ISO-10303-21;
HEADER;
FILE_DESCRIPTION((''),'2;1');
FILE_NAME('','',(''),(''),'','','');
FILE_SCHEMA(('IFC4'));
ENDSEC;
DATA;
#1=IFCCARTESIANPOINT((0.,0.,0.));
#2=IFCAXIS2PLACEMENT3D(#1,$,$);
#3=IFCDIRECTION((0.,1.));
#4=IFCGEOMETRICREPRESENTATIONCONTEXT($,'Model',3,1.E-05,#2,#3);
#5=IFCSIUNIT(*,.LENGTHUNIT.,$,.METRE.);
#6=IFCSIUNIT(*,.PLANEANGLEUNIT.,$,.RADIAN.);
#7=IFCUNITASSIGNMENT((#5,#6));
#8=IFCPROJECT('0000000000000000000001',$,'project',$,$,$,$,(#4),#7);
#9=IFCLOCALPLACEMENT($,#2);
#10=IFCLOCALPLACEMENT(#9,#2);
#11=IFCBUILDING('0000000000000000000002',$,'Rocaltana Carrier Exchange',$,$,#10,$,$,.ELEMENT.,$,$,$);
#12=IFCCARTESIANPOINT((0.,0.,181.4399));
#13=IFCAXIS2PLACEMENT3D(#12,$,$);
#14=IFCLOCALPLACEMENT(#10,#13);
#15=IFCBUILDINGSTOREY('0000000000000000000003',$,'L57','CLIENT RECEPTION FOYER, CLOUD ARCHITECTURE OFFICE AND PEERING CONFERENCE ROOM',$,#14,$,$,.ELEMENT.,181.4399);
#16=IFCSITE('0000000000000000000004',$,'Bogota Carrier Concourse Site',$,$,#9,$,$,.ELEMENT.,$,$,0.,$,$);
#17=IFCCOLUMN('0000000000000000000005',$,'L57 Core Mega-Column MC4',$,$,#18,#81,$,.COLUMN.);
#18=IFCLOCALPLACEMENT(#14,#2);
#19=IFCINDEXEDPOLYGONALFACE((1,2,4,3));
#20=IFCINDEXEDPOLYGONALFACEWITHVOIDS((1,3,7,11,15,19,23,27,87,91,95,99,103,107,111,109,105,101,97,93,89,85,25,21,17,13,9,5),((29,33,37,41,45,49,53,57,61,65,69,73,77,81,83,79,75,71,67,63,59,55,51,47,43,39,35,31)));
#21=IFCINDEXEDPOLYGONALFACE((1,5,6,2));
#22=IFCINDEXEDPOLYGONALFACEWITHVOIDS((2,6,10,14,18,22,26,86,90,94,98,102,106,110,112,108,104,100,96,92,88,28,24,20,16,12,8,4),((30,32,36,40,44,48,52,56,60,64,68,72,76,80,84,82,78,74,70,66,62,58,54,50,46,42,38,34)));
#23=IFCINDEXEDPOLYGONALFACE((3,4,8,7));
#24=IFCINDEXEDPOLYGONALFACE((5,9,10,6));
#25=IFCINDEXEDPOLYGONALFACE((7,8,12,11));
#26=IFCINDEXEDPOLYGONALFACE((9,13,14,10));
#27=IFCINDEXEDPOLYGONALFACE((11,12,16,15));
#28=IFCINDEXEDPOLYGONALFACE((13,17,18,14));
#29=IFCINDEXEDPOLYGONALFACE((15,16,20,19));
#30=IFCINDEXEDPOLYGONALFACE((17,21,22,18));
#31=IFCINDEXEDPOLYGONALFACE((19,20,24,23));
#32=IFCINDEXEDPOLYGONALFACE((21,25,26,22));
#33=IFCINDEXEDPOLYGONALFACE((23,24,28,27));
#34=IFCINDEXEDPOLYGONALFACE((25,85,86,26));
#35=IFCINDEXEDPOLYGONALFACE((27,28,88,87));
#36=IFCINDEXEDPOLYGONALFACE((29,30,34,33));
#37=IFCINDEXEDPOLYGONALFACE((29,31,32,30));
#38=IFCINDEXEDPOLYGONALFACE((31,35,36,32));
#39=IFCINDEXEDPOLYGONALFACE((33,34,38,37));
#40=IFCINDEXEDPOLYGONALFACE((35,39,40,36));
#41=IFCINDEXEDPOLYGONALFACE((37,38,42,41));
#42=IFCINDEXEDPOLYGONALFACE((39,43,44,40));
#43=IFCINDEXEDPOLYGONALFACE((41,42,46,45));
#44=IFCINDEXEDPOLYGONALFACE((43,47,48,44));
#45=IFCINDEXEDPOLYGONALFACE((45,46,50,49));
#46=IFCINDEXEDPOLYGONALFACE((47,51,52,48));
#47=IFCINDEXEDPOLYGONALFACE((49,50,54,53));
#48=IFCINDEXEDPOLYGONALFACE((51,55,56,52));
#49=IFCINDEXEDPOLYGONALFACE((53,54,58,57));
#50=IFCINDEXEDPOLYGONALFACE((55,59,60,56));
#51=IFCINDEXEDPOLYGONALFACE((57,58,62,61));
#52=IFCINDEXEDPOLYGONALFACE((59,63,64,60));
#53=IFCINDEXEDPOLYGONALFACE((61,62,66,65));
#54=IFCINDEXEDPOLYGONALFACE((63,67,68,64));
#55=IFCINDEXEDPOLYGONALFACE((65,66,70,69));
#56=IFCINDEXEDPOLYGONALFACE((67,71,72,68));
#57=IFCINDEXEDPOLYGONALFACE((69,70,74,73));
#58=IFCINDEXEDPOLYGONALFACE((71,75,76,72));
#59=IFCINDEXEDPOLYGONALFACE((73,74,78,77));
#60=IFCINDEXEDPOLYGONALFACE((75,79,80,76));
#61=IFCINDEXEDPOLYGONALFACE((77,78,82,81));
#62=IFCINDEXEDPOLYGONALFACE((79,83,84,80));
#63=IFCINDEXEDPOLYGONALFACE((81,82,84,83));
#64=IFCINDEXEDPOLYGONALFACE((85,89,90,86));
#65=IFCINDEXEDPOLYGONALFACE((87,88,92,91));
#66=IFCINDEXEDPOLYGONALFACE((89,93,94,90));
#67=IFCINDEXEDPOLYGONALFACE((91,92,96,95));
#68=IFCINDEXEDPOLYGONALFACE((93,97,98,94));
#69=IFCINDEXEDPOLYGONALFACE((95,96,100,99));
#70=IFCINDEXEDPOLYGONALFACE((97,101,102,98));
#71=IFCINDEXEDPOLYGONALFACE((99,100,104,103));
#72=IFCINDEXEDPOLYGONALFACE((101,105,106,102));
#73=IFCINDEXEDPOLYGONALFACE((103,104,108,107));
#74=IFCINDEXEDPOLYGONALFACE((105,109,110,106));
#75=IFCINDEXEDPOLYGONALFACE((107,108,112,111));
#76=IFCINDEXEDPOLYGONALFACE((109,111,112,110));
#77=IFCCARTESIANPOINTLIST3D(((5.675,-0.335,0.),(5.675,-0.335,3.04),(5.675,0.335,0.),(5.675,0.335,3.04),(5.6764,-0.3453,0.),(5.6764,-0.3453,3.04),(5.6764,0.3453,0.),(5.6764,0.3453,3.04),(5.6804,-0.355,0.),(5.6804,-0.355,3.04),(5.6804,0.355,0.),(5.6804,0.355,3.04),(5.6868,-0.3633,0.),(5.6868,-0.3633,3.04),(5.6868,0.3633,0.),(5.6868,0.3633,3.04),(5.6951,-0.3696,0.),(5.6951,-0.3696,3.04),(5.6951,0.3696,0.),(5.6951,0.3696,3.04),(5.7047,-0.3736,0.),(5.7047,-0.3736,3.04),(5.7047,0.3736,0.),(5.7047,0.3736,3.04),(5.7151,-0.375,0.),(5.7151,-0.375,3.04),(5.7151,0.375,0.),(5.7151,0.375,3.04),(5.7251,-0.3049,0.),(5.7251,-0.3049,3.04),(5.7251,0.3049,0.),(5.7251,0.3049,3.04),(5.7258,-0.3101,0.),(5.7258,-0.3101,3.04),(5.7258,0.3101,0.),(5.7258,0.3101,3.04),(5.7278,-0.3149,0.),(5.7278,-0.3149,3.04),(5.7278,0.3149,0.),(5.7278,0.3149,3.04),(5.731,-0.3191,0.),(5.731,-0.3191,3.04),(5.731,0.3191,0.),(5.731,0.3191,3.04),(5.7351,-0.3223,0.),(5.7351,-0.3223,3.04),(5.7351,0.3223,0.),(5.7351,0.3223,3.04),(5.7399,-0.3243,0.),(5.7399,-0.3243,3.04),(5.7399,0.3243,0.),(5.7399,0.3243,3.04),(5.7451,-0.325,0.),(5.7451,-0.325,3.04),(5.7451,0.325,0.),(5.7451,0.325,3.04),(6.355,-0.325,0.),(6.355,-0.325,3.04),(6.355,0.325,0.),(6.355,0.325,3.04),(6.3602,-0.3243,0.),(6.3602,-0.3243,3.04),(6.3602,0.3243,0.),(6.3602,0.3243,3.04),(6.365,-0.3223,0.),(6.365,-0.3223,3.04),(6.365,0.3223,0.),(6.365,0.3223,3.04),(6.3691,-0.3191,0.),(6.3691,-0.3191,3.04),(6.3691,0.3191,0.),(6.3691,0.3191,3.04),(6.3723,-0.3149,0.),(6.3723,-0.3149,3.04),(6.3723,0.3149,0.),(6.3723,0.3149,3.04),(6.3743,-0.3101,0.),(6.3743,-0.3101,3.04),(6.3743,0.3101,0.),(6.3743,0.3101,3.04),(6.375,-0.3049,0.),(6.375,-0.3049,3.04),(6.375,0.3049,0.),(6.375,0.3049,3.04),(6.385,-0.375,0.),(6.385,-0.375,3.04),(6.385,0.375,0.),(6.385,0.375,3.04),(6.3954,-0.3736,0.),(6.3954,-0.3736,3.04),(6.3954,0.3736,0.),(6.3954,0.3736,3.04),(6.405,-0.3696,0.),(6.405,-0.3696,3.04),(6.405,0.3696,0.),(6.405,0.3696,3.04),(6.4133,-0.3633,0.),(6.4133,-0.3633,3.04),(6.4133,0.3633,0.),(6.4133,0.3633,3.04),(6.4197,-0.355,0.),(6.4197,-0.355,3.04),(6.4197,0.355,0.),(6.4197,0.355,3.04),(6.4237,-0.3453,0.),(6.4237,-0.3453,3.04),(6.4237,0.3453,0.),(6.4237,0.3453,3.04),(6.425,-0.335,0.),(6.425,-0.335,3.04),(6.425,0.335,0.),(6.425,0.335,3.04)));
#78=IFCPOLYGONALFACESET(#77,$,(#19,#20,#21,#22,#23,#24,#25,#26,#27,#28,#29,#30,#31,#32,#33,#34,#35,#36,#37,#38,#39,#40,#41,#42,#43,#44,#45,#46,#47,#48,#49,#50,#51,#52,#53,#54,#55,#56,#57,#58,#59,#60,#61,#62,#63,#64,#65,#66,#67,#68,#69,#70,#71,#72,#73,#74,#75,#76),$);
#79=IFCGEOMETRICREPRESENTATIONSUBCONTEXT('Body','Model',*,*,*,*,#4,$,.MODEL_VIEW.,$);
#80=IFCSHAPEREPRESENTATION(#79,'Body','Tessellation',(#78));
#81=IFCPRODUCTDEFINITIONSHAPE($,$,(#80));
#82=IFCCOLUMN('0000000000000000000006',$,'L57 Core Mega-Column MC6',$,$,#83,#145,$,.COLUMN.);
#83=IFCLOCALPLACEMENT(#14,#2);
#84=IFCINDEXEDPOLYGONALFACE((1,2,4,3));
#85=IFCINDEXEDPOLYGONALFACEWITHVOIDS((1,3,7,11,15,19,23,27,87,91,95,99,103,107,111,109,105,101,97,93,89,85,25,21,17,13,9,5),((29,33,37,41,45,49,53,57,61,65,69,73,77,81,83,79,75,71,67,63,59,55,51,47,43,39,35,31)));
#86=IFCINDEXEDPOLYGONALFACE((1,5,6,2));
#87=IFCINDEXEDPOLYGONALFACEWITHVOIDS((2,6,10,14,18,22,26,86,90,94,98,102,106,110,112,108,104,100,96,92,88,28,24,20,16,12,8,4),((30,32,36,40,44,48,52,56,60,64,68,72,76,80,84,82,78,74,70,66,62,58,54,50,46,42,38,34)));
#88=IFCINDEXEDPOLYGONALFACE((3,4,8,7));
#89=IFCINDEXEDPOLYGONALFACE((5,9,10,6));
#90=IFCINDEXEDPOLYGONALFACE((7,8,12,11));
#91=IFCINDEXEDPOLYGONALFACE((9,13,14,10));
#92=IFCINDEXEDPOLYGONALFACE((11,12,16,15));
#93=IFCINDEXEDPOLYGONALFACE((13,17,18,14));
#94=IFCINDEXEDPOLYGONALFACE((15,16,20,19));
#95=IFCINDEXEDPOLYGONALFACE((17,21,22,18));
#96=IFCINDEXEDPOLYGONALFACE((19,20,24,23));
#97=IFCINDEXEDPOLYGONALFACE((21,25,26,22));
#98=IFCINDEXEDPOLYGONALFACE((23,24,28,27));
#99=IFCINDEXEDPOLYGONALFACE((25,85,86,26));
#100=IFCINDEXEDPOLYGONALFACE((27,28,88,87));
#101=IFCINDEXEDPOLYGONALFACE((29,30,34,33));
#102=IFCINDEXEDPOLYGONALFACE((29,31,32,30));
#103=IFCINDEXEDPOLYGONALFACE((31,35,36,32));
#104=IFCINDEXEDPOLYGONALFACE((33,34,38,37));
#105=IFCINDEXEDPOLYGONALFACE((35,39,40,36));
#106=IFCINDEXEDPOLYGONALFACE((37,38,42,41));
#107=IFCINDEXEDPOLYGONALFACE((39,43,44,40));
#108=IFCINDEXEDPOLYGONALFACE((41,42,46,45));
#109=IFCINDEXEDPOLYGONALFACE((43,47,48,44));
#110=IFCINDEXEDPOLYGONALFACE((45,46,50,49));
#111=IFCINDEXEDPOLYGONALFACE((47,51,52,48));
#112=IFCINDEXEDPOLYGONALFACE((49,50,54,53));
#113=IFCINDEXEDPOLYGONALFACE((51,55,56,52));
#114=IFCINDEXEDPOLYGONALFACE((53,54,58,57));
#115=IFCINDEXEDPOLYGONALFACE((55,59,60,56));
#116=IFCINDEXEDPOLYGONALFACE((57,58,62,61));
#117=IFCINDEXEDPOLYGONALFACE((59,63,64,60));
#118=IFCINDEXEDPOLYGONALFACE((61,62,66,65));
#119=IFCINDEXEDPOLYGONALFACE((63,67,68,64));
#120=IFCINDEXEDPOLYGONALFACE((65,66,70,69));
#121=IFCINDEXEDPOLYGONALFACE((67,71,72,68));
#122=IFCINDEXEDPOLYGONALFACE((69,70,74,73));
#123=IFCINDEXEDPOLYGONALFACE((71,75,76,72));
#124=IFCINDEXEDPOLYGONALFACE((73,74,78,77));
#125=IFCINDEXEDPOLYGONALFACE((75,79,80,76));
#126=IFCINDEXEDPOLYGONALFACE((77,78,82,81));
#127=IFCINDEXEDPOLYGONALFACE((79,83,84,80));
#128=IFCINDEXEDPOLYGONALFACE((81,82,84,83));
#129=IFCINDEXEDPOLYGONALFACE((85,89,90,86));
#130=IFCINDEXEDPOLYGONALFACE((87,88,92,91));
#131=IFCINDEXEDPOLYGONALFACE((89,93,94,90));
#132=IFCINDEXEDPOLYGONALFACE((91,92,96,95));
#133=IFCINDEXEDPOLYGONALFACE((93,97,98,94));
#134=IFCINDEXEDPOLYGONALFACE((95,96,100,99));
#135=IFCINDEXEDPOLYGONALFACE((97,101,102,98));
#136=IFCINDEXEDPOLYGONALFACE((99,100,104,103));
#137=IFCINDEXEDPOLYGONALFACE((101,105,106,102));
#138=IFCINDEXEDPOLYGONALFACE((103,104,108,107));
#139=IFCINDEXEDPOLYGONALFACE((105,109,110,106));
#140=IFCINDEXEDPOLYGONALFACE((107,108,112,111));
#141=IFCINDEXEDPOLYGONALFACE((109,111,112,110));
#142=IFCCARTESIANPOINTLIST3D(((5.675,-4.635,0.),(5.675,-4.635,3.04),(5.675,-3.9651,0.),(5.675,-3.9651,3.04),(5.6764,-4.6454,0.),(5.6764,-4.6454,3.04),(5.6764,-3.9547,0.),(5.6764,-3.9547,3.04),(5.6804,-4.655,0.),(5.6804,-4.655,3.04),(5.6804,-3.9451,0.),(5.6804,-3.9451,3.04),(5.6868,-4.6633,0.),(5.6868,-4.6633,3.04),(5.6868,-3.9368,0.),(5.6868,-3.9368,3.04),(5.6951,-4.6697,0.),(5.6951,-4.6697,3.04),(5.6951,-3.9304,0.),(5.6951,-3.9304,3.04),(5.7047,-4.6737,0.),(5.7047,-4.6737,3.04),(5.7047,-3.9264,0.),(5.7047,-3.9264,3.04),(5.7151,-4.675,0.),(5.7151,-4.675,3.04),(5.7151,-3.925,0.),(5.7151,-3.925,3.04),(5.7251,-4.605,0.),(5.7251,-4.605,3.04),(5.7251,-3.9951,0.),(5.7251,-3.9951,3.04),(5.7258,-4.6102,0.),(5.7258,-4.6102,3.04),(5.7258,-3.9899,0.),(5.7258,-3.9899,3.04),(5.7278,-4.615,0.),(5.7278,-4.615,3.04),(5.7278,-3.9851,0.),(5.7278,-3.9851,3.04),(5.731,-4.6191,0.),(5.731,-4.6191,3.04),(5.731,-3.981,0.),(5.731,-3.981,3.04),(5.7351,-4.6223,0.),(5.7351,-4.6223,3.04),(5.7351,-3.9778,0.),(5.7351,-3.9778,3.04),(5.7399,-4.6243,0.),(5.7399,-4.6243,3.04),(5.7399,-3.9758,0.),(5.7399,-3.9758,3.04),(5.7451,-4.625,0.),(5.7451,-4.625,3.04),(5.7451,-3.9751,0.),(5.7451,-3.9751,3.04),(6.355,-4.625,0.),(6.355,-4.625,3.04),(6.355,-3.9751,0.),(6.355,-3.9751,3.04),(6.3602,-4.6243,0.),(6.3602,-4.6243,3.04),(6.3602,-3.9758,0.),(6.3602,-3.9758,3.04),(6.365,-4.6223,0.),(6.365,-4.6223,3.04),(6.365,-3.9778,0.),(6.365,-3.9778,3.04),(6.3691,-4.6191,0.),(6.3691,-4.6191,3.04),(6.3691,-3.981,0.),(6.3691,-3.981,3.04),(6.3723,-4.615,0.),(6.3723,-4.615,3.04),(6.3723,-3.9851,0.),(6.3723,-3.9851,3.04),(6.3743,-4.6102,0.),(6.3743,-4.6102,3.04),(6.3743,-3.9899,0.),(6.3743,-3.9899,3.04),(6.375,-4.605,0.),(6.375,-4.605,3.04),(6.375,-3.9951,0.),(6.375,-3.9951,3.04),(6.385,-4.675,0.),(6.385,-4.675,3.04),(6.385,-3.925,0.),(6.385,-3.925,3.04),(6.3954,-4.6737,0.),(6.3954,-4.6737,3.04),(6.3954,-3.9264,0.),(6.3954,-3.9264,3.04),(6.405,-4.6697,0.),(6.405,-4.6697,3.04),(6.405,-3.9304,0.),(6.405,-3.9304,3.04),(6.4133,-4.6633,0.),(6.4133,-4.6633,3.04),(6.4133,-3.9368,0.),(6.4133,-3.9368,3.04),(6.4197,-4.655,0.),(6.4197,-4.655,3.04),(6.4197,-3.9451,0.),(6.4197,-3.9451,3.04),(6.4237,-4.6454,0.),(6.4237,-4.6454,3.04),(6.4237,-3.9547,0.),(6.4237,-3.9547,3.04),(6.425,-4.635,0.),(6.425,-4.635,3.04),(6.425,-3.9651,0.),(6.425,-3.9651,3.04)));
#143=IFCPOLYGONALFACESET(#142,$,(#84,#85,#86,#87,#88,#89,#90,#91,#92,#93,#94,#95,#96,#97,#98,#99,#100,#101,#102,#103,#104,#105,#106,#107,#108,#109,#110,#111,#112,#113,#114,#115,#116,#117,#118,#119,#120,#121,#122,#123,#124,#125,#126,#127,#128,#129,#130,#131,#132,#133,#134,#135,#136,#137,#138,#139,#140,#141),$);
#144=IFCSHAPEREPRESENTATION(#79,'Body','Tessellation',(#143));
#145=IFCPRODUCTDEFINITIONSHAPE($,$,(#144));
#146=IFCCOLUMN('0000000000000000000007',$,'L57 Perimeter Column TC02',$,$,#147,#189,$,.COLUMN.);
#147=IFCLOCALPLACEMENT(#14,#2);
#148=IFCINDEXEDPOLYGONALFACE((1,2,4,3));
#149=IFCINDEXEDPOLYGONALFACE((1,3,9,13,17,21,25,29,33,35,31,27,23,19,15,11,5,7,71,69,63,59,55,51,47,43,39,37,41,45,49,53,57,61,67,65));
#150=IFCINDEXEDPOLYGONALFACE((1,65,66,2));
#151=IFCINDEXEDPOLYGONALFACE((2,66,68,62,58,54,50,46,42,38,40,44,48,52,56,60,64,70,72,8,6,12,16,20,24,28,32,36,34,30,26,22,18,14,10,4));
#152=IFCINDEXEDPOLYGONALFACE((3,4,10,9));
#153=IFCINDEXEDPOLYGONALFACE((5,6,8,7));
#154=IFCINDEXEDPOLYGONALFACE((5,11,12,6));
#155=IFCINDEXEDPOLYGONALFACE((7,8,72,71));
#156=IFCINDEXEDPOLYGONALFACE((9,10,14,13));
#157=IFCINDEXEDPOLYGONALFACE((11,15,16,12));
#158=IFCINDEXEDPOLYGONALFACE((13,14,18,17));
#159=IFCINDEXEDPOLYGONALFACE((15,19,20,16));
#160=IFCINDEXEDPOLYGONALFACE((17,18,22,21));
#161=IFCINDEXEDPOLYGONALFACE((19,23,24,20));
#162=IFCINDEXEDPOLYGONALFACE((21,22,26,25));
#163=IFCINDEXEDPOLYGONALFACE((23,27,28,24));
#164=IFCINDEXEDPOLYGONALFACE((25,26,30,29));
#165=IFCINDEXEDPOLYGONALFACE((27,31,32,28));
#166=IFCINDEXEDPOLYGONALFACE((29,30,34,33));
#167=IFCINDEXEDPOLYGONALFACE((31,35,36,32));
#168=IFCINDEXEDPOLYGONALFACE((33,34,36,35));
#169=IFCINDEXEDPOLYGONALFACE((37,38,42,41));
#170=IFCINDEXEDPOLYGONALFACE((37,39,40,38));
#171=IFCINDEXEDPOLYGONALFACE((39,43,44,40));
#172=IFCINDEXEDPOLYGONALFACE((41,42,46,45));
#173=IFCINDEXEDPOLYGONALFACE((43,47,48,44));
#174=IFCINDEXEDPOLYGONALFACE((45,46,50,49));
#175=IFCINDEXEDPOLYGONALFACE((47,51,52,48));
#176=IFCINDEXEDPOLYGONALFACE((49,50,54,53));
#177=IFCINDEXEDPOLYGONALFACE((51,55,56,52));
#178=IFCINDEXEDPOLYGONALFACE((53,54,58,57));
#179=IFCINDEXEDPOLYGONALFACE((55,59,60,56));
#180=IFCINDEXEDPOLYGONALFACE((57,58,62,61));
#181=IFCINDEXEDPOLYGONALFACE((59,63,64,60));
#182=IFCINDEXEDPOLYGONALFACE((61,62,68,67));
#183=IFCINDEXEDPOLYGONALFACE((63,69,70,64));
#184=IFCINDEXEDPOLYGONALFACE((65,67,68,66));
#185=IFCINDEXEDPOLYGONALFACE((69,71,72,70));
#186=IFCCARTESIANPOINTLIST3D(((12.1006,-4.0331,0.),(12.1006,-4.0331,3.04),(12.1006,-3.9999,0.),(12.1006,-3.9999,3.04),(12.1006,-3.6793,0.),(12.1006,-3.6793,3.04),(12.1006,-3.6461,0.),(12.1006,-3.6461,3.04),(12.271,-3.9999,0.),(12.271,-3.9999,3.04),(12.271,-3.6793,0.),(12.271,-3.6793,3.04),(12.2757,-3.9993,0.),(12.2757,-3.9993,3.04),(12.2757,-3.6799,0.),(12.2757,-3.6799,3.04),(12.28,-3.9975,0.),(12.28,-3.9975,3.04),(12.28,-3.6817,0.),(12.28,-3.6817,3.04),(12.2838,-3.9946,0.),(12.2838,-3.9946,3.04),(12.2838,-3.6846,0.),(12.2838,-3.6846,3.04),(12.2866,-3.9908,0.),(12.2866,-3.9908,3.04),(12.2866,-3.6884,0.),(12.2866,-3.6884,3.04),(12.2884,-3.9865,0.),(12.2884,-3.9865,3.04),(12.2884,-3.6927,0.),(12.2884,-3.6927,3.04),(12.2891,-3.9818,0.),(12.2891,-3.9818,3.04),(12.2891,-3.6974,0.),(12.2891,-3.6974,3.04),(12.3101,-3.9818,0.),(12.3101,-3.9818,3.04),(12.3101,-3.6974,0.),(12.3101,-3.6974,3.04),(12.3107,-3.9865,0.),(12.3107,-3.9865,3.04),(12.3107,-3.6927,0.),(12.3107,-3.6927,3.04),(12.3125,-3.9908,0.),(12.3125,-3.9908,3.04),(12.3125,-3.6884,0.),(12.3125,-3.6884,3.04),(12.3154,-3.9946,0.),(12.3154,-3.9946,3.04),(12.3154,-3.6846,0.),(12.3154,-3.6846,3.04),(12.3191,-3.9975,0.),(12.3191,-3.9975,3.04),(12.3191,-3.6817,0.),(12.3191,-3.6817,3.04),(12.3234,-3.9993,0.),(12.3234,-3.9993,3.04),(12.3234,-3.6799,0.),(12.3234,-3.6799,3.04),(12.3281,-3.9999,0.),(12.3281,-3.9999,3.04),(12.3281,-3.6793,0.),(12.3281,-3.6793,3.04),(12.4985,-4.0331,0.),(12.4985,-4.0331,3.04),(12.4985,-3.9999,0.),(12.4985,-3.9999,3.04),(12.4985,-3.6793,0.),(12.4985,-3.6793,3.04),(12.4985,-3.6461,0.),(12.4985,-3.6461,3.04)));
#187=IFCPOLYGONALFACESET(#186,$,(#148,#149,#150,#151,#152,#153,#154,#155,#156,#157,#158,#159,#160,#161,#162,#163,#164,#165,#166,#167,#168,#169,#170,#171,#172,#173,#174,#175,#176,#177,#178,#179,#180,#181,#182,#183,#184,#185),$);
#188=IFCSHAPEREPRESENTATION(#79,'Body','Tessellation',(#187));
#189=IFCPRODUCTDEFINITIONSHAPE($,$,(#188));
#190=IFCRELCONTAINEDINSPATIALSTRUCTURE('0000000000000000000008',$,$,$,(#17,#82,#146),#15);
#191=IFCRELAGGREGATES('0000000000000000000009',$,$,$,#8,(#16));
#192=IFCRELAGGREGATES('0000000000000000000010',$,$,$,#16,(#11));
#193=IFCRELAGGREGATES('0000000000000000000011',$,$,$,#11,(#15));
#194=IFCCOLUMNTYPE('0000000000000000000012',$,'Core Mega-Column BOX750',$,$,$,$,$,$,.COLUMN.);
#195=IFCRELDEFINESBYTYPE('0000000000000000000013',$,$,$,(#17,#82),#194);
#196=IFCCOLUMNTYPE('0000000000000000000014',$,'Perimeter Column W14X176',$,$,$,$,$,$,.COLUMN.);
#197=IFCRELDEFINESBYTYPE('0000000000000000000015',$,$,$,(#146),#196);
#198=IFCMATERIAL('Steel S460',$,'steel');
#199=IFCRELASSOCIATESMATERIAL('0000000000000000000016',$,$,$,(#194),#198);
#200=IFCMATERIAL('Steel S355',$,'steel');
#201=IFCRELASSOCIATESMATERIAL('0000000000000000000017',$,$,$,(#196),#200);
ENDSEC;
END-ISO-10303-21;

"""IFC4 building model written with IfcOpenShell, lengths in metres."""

from ifc_helpers import new_model, si_unit, direction, frame, origin, origin_2d, place, context, subcontext, project, spatial, hollow_rectangle, i_section, extrude, material, material_profile, profile_set, type_object, element, save


model = new_model("IFC4")

# Units and contexts
model_context = context("Model", 3, precision=1e-05, world=origin(), true_north=direction((0.0, 1.0)))
body_context = subcontext(model_context, "Body", "Model", "MODEL_VIEW")
ifc_project = project(units=[si_unit("LENGTHUNIT", "METRE"), si_unit("PLANEANGLEUNIT", "RADIAN")], contexts=[model_context])

# Site, building, storey
site_placement = place(None, origin())
site = spatial("IfcSite", under=ifc_project, at=site_placement, Name="Bogota Carrier Concourse Site", CompositionType="ELEMENT", RefElevation=0.0)
building_placement = place(site_placement, origin())
building = spatial("IfcBuilding", under=site, at=building_placement, Name="Rocaltana Carrier Exchange", CompositionType="ELEMENT")
storey_placement = place(building_placement, frame((0.0, 0.0, 181.4399)))
storey = spatial("IfcBuildingStorey", under=building, at=storey_placement, Name="L57", Description="CLIENT RECEPTION FOYER, CLOUD ARCHITECTURE OFFICE AND PEERING CONFERENCE ROOM", CompositionType="ELEMENT", Elevation=181.4399)

# Columns
ifc_material_1 = material(Name="Steel S460", Category="steel")
ifc_material_profile_1 = material_profile(ifc_material_1, hollow_rectangle(XDim=0.75, YDim=0.75, WallThickness=0.05, InnerFilletRadius=0.02, OuterFilletRadius=0.04, at=origin_2d()), Name="BOX750X750X50")
ifc_profile_set_1 = profile_set([ifc_material_profile_1], Name="Steel S460")
column_type_1 = type_object("IfcColumnType", Name="Core Mega-Column BOX750", PredefinedType="COLUMN", material=ifc_profile_set_1)
for number, where, z_axis, x_axis, name in (
    (1, (6.05, 0.0, 0.0), (0.0, 0.0, 1.0), (1.0, 0.0, 0.0), "L57 Core Mega-Column MC4"),
    (2, (6.05, -4.3, 0.0), (0.0, 0.0, 1.0), (1.0, 0.0, 0.0), "L57 Core Mega-Column MC6"),
):
    element("IfcColumn", number, at=place(storey_placement, frame(where, z_axis=z_axis, x_axis=x_axis)), inside=storey, type_object=column_type_1, Name=name, PredefinedType="COLUMN", context=body_context, shape_type="SweptSolid", body=[
        extrude(hollow_rectangle(XDim=0.75, YDim=0.75, WallThickness=0.05, InnerFilletRadius=0.02, OuterFilletRadius=0.04, at=origin_2d()), origin(), (0.0, 0.0, 1.0), 3.04),
    ])
ifc_material_2 = material(Name="Steel S355", Category="steel")
ifc_material_profile_2 = material_profile(ifc_material_2, i_section(OverallWidth=0.3979, OverallDepth=0.387, WebThickness=0.021, FlangeThickness=0.0332, FilletRadius=0.0181, at=origin_2d()), Name="W14X176")
ifc_profile_set_2 = profile_set([ifc_material_profile_2], Name="Steel S355")
column_type_2 = type_object("IfcColumnType", Name="Perimeter Column W14X176", PredefinedType="COLUMN", material=ifc_profile_set_2)
column_placement = place(storey_placement, frame((12.2996, -3.8396, 0.0), z_axis=(0.0, 0.0, 1.0), x_axis=(1.0, 0.0, 0.0)))
element("IfcColumn", 3, at=column_placement, inside=storey, type_object=column_type_2, Name="L57 Perimeter Column TC02", PredefinedType="COLUMN", context=body_context, shape_type="SweptSolid", body=[
    extrude(i_section(OverallWidth=0.3979, OverallDepth=0.387, WebThickness=0.021, FlangeThickness=0.0332, FilletRadius=0.0181, at=origin_2d()), origin(), (0.0, 0.0, 1.0), 3.04),
])

save(model, "model.ifc")
